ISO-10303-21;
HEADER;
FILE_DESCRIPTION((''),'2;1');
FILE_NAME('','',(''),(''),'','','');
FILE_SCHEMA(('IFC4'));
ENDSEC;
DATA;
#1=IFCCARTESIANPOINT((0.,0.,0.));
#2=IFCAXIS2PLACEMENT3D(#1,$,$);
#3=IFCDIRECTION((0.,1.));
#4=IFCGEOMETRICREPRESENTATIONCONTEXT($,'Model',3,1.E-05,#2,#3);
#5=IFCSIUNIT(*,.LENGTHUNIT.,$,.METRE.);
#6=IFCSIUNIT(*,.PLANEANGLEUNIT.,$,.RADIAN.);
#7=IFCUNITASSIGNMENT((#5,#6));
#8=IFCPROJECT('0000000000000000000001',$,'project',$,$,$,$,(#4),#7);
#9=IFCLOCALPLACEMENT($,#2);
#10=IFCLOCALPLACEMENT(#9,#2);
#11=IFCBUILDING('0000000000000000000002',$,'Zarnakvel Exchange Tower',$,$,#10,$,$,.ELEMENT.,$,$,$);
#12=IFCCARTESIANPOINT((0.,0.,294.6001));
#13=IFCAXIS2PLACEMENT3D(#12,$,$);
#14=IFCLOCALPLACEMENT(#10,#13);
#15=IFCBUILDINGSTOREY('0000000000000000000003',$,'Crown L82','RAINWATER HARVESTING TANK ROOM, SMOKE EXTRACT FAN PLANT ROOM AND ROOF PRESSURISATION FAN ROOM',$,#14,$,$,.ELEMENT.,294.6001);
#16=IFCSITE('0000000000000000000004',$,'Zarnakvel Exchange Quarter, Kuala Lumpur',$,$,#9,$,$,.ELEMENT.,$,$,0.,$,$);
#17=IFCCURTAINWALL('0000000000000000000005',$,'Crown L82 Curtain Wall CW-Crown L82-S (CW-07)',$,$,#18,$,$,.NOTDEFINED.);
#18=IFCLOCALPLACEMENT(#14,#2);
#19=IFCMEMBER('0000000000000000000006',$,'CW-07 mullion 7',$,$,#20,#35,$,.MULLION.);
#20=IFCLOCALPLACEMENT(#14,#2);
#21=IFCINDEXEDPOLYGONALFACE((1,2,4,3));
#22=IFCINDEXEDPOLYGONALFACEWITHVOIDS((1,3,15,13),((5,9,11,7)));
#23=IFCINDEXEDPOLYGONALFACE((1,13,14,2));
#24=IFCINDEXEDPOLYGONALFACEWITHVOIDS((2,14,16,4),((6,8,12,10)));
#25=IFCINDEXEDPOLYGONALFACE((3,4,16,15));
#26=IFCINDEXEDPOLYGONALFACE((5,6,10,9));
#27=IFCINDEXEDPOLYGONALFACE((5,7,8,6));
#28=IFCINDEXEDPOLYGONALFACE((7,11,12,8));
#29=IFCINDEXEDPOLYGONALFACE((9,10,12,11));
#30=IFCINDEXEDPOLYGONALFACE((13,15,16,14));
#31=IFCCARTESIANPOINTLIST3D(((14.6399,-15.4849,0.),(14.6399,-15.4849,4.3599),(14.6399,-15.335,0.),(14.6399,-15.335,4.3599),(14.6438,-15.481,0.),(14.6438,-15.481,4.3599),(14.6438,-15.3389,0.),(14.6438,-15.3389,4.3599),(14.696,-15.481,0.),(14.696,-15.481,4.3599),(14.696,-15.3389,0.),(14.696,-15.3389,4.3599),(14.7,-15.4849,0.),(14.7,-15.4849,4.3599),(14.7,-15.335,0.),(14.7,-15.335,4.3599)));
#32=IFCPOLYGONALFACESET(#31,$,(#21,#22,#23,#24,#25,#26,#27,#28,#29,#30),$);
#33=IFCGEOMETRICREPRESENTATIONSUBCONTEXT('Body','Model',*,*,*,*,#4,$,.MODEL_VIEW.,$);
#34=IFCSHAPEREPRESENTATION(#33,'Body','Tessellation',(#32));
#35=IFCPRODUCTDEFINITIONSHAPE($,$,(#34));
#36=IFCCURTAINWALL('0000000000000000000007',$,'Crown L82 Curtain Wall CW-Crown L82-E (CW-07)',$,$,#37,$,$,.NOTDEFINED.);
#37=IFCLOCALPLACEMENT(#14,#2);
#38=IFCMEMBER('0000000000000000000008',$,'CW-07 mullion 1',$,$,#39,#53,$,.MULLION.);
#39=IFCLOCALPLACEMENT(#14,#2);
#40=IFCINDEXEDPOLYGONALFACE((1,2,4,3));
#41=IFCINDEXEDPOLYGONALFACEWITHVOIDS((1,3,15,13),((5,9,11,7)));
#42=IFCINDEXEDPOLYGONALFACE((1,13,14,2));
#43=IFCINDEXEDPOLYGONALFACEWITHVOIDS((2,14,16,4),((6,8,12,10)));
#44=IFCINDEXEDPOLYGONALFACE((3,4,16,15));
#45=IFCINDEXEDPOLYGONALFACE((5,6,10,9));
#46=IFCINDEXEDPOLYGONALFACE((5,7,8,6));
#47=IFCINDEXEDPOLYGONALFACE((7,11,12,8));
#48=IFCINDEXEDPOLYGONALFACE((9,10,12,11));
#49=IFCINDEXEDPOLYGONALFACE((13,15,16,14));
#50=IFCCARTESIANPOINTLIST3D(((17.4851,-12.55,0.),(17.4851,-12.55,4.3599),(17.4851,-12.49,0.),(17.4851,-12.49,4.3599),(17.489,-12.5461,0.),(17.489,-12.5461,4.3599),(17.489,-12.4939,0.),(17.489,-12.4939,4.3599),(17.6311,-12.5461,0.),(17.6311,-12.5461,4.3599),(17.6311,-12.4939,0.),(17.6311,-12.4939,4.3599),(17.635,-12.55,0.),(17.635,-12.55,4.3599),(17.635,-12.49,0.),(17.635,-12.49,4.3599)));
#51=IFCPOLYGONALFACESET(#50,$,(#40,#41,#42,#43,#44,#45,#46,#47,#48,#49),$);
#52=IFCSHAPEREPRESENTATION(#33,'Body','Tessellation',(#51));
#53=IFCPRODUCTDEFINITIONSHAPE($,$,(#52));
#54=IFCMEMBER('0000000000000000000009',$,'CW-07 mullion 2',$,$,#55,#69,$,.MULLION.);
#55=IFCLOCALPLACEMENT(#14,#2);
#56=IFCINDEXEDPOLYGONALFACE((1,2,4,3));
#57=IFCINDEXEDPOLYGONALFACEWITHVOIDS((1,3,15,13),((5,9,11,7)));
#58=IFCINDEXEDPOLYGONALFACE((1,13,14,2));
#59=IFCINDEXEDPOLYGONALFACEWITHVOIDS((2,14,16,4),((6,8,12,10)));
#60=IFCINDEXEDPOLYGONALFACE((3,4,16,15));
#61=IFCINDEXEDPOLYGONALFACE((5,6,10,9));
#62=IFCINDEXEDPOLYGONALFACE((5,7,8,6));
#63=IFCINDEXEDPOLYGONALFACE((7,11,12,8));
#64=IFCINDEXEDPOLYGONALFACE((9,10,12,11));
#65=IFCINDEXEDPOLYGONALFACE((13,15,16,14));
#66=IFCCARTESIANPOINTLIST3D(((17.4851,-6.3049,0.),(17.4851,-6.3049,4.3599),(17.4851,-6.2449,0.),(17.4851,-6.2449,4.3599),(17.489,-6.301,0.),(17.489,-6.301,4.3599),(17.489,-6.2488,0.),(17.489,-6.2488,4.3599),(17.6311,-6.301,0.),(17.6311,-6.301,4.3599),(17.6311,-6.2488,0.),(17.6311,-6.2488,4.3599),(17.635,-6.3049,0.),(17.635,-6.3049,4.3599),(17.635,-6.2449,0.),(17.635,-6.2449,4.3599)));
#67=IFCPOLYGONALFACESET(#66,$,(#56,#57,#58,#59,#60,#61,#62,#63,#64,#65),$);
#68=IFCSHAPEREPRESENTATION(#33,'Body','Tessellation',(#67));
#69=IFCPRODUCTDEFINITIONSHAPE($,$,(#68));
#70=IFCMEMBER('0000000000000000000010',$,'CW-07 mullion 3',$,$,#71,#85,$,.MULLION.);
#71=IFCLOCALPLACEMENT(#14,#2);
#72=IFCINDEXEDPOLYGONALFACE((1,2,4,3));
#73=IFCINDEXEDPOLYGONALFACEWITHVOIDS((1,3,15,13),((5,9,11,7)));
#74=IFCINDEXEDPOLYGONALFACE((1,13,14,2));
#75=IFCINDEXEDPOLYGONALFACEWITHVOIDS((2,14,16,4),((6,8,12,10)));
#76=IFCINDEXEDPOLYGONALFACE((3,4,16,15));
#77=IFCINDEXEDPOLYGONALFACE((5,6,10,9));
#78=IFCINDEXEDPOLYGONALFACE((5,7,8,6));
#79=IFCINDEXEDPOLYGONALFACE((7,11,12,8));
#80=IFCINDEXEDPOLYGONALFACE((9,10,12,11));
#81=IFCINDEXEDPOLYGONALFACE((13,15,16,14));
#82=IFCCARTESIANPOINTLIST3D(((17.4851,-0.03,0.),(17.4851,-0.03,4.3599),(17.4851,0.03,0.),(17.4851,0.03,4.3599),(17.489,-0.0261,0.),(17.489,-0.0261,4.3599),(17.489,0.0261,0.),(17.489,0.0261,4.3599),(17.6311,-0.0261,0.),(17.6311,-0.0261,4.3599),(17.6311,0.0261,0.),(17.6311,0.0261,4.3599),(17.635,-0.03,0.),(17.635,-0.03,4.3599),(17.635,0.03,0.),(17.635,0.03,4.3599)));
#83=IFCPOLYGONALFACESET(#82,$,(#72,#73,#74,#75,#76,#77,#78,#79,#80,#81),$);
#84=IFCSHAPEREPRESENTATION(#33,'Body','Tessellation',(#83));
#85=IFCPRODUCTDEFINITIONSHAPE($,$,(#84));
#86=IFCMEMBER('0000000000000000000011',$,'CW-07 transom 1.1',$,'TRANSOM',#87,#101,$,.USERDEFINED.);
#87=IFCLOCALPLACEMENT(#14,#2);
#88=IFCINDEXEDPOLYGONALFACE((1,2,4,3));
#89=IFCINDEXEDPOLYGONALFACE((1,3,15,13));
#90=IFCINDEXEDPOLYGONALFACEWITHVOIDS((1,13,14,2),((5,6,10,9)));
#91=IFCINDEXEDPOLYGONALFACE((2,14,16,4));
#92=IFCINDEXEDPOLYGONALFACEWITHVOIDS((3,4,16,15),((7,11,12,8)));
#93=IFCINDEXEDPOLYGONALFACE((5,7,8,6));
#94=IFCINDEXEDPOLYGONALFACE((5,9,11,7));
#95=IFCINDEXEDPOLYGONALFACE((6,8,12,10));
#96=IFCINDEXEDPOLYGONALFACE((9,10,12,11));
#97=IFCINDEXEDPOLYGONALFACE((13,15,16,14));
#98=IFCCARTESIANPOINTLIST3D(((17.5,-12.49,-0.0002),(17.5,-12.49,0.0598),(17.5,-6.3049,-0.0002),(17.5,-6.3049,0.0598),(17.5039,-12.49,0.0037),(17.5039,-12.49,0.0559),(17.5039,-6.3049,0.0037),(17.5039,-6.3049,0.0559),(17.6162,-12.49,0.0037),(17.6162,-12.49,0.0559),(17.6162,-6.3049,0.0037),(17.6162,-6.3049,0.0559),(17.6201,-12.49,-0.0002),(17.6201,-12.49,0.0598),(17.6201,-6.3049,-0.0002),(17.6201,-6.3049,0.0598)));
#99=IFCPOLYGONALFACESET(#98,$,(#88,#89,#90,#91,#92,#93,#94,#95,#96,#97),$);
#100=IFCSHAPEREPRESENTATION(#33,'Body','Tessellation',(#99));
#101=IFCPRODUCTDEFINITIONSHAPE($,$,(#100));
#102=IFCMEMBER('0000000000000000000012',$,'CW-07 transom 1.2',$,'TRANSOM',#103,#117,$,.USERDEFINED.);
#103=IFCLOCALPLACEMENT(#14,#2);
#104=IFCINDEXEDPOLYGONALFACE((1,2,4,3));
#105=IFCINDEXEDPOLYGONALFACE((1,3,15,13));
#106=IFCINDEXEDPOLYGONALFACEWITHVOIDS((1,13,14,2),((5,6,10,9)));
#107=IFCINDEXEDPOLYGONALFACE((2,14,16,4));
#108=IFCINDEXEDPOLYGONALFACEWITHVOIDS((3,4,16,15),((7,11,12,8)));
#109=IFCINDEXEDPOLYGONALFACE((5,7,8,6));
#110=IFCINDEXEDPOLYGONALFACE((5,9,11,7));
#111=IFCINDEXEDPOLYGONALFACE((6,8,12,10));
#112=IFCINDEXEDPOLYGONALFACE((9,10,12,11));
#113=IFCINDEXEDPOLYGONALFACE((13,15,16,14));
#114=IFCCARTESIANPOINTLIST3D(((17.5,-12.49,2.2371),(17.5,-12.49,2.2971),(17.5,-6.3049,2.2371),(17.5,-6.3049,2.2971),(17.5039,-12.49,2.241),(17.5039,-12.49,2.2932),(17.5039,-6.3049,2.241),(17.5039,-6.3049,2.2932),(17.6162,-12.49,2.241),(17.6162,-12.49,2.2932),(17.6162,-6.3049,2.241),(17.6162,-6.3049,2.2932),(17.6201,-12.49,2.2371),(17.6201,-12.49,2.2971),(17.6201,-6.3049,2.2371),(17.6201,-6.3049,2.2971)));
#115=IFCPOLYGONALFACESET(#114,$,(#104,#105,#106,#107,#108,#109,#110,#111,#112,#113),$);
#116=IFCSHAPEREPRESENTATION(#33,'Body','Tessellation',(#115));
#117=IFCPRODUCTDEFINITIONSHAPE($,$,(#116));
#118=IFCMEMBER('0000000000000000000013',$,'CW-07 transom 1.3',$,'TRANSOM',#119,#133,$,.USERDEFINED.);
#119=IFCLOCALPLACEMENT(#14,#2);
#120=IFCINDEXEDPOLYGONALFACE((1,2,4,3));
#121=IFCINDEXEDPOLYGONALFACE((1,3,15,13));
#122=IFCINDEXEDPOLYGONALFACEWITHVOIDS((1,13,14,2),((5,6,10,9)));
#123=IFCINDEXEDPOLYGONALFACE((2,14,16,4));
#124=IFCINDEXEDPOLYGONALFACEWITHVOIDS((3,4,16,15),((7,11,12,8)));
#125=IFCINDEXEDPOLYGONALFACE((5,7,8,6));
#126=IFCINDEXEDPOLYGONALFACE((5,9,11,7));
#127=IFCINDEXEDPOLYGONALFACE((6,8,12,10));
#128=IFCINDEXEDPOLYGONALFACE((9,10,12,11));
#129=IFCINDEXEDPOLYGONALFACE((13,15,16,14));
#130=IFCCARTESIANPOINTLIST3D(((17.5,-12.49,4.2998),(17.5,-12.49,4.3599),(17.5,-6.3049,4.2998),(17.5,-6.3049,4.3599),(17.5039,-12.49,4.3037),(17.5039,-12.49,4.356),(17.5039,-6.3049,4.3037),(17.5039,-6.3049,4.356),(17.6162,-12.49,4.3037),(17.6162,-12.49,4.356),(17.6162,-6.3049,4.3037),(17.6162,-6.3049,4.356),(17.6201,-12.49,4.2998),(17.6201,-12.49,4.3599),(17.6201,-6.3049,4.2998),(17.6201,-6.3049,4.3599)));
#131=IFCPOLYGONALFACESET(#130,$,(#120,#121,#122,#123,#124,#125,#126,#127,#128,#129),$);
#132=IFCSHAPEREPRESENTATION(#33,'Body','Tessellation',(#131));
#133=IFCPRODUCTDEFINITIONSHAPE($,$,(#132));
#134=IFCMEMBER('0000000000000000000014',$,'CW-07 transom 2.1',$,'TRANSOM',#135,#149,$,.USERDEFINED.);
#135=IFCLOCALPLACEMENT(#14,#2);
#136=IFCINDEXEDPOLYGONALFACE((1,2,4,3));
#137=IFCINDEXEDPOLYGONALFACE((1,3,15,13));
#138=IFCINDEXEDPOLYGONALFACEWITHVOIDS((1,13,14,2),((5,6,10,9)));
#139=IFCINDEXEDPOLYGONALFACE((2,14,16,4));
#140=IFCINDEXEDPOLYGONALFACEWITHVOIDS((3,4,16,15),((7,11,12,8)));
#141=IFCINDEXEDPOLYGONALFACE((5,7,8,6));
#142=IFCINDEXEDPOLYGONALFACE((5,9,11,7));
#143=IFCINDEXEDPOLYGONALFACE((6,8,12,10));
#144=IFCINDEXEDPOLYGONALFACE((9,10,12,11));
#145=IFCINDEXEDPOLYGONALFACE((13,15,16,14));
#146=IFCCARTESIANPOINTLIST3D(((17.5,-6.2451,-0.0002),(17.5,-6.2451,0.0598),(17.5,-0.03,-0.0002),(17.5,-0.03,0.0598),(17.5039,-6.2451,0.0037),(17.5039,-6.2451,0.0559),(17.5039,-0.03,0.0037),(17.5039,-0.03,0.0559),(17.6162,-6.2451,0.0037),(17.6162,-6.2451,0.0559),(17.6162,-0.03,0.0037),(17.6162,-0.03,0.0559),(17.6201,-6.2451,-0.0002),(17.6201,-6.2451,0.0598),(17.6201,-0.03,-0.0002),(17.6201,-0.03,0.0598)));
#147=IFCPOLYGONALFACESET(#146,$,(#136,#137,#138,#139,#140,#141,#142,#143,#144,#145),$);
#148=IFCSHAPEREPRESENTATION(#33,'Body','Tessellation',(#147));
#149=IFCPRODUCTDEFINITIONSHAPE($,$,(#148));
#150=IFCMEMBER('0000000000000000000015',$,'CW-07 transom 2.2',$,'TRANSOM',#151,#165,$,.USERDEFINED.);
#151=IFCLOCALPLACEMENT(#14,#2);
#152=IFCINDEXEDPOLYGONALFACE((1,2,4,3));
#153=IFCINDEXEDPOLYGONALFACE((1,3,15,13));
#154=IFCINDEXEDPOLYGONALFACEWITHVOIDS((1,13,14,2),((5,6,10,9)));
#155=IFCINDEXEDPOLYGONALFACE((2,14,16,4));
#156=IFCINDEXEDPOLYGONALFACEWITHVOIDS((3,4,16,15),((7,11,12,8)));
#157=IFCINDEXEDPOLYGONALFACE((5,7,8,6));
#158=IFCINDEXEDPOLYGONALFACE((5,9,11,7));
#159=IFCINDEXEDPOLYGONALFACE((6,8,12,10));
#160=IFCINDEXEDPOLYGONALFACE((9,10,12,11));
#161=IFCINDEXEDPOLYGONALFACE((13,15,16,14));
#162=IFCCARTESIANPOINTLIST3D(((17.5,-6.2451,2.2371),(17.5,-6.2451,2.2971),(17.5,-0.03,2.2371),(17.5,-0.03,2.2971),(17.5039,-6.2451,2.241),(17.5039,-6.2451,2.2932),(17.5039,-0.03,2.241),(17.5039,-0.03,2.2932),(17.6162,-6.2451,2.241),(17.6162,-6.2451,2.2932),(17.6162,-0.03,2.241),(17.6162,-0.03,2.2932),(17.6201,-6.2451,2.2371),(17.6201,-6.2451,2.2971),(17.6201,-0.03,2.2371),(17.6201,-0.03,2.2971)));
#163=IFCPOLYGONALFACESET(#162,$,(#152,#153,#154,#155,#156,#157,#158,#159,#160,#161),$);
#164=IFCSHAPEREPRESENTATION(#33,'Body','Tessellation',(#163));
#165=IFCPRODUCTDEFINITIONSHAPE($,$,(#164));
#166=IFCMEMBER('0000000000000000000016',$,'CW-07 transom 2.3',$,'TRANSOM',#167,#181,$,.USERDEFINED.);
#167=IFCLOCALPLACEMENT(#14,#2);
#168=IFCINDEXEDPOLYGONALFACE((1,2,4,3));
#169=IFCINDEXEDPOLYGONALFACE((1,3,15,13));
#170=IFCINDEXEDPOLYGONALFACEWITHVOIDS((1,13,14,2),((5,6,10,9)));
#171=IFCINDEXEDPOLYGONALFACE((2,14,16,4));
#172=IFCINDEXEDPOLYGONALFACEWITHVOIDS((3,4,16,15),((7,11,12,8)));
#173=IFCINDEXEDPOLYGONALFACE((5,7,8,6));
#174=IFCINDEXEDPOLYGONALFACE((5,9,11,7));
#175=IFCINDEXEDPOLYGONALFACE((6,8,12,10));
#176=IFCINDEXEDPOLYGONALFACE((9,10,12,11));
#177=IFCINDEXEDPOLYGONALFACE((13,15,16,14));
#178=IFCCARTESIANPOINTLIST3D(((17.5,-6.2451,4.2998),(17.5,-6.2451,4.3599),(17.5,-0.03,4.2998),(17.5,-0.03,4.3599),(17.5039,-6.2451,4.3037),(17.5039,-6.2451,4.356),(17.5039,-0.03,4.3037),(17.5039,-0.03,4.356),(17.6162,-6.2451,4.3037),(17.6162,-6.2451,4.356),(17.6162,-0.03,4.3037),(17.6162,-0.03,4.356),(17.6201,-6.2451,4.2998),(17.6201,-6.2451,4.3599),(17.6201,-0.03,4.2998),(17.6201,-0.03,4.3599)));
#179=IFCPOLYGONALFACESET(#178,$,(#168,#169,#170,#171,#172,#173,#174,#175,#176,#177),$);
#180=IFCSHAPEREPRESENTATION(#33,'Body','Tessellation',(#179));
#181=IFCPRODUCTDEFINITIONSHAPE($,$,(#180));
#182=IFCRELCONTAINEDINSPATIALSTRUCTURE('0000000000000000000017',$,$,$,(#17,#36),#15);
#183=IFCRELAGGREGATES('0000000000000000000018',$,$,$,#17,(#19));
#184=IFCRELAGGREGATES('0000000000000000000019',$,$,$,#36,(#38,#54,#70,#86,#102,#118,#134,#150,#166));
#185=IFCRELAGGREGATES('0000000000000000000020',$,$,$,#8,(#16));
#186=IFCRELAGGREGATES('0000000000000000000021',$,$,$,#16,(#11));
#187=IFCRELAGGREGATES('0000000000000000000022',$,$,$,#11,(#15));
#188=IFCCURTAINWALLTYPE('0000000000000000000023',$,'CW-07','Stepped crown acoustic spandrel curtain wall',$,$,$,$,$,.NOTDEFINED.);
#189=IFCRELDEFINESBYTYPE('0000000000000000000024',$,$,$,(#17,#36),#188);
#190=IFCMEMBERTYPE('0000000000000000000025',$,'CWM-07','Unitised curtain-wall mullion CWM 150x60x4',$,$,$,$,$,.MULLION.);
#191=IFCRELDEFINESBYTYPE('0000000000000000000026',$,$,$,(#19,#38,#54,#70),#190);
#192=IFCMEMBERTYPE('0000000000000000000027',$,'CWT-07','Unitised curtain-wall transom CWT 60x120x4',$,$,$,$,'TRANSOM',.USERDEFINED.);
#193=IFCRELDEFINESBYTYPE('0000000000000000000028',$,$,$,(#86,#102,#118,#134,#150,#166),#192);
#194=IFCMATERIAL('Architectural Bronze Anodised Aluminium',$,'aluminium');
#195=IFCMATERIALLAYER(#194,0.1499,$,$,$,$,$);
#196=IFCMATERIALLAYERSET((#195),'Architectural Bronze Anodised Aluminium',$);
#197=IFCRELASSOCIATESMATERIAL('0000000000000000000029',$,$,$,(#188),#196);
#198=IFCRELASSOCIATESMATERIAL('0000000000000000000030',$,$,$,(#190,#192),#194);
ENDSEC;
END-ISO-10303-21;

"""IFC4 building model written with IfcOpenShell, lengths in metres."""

from ifc_helpers import new_model, si_unit, direction, frame, origin, origin_2d, place, context, subcontext, project, spatial, hollow_rectangle, extrude, source, transform, mapped, material, layer, layer_set, material_profile, profile_set, type_object, element, aggregate, save


model = new_model("IFC4")

# Units and contexts
model_context = context("Model", 3, precision=1e-05, world=origin(), true_north=direction((0.0, 1.0)))
body_context = subcontext(model_context, "Body", "Model", "MODEL_VIEW")
ifc_project = project(units=[si_unit("LENGTHUNIT", "METRE"), si_unit("PLANEANGLEUNIT", "RADIAN")], contexts=[model_context])

# Site, building, storey
site_placement = place(None, origin())
site = spatial("IfcSite", under=ifc_project, at=site_placement, Name="Zarnakvel Exchange Quarter, Kuala Lumpur", CompositionType="ELEMENT", RefElevation=0.0)
building_placement = place(site_placement, origin())
building = spatial("IfcBuilding", under=site, at=building_placement, Name="Zarnakvel Exchange Tower", CompositionType="ELEMENT")
storey_placement = place(building_placement, frame((0.0, 0.0, 294.6001)))
storey = spatial("IfcBuildingStorey", under=building, at=storey_placement, Name="Crown L82", Description="RAINWATER HARVESTING TANK ROOM, SMOKE EXTRACT FAN PLANT ROOM AND ROOF PRESSURISATION FAN ROOM", CompositionType="ELEMENT", Elevation=294.6001)

# Curtain wall, member
ifc_material_1 = material(Name="Architectural Bronze Anodised Aluminium", Category="aluminium")
ifc_layer_1 = layer(ifc_material_1, 0.1499)
ifc_layer_set_1 = layer_set([ifc_layer_1], Name="Architectural Bronze Anodised Aluminium")
curtain_wall_type = type_object("IfcCurtainWallType", Name="CW-07", Description="Stepped crown acoustic spandrel curtain wall", PredefinedType="NOTDEFINED", material=ifc_layer_set_1)
curtain_wall_1_placement = place(storey_placement, origin())
curtain_wall_1 = element("IfcCurtainWall", 1, at=curtain_wall_1_placement, inside=storey, type_object=curtain_wall_type, Name="Crown L82 Curtain Wall CW-Crown L82-S (CW-07)", PredefinedType="NOTDEFINED")
ifc_material_profile_1 = material_profile(ifc_material_1, hollow_rectangle(XDim=0.1499, YDim=0.0601, WallThickness=0.0039, at=origin_2d()))
ifc_profile_set_1 = profile_set([ifc_material_profile_1], Name="Architectural Bronze Anodised Aluminium")
member_type_1 = type_object("IfcMemberType", Name="CWM-07", Description="Unitised curtain-wall mullion CWM 150x60x4", PredefinedType="MULLION", material=ifc_profile_set_1)
shared_shape_1 = source(origin(), body_context, "Body", "SweptSolid", [
    extrude(hollow_rectangle(XDim=0.1499, YDim=0.0601, WallThickness=0.0039, at=origin_2d()), origin(), (0.0, 0.0, 1.0), 4.3599),
])
member_1_placement = place(storey_placement, frame((14.6699, -15.4099, 0.0), z_axis=(0.0, 0.0, 1.0), x_axis=(0.0, 1.0, 0.0)))
member_1 = element("IfcMember", 2, at=member_1_placement, type_object=member_type_1, Name="CW-07 mullion 7", PredefinedType="MULLION", context=body_context, shape_type="MappedRepresentation", body=[
    mapped(shared_shape_1, transform((0.0, 0.0, 0.0), x_axis=(1.0, 0.0, 0.0), y_axis=(0.0, 1.0, 0.0), z_axis=(0.0, 0.0, 1.0), scale=1.0)),
])

# Curtain wall, members
curtain_wall_2_placement = place(storey_placement, origin())
curtain_wall_2 = element("IfcCurtainWall", 3, at=curtain_wall_2_placement, inside=storey, type_object=curtain_wall_type, Name="Crown L82 Curtain Wall CW-Crown L82-E (CW-07)", PredefinedType="NOTDEFINED")
member_2_placement = place(storey_placement, frame((17.5601, -12.52, 0.0), z_axis=(0.0, 0.0, 1.0), x_axis=(-1.0, 0.0, 0.0)))
member_2 = element("IfcMember", 4, at=member_2_placement, type_object=member_type_1, Name="CW-07 mullion 1", PredefinedType="MULLION", context=body_context, shape_type="MappedRepresentation", body=[
    mapped(shared_shape_1, transform((0.0, 0.0, 0.0), x_axis=(1.0, 0.0, 0.0), y_axis=(0.0, 1.0, 0.0), z_axis=(0.0, 0.0, 1.0), scale=1.0)),
])
member_3_placement = place(storey_placement, frame((17.5601, -6.2749, 0.0), z_axis=(0.0, 0.0, 1.0), x_axis=(-1.0, 0.0, 0.0)))
member_3 = element("IfcMember", 5, at=member_3_placement, type_object=member_type_1, Name="CW-07 mullion 2", PredefinedType="MULLION", context=body_context, shape_type="MappedRepresentation", body=[
    mapped(shared_shape_1, transform((0.0, 0.0, 0.0), x_axis=(1.0, 0.0, 0.0), y_axis=(0.0, 1.0, 0.0), z_axis=(0.0, 0.0, 1.0), scale=1.0)),
])
member_4_placement = place(storey_placement, frame((17.5601, 0.0, 0.0), z_axis=(0.0, 0.0, 1.0), x_axis=(-1.0, 0.0, 0.0)))
member_4 = element("IfcMember", 6, at=member_4_placement, type_object=member_type_1, Name="CW-07 mullion 3", PredefinedType="MULLION", context=body_context, shape_type="MappedRepresentation", body=[
    mapped(shared_shape_1, transform((0.0, 0.0, 0.0), x_axis=(1.0, 0.0, 0.0), y_axis=(0.0, 1.0, 0.0), z_axis=(0.0, 0.0, 1.0), scale=1.0)),
])
ifc_material_profile_2 = material_profile(ifc_material_1, hollow_rectangle(XDim=0.1201, YDim=0.0601, WallThickness=0.0039, at=origin_2d()))
ifc_profile_set_2 = profile_set([ifc_material_profile_2], Name="Architectural Bronze Anodised Aluminium")
member_type_2 = type_object("IfcMemberType", Name="CWT-07", Description="Unitised curtain-wall transom CWT 60x120x4", ElementType="TRANSOM", PredefinedType="USERDEFINED", material=ifc_profile_set_2)
shared_shape_2 = source(origin(), body_context, "Body", "SweptSolid", [
    extrude(hollow_rectangle(XDim=0.1201, YDim=0.0601, WallThickness=0.0039, at=origin_2d()), origin(), (0.0, 0.0, 1.0), 6.1851),
])
member_5_placement = place(storey_placement, frame((17.5601, -12.49, 0.0298), z_axis=(0.0, 1.0, 0.0), x_axis=(-1.0, 0.0, 0.0)))
member_5 = element("IfcMember", 7, at=member_5_placement, type_object=member_type_2, Name="CW-07 transom 1.1", ObjectType="TRANSOM", PredefinedType="USERDEFINED", context=body_context, shape_type="MappedRepresentation", body=[
    mapped(shared_shape_2, transform((0.0, 0.0, 0.0), x_axis=(1.0, 0.0, 0.0), y_axis=(0.0, 1.0, 0.0), z_axis=(0.0, 0.0, 1.0), scale=1.0)),
])
member_6_placement = place(storey_placement, frame((17.5601, -12.49, 2.2671), z_axis=(0.0, 1.0, 0.0), x_axis=(-1.0, 0.0, 0.0)))
member_6 = element("IfcMember", 8, at=member_6_placement, type_object=member_type_2, Name="CW-07 transom 1.2", ObjectType="TRANSOM", PredefinedType="USERDEFINED", context=body_context, shape_type="MappedRepresentation", body=[
    mapped(shared_shape_2, transform((0.0, 0.0, 0.0), x_axis=(1.0, 0.0, 0.0), y_axis=(0.0, 1.0, 0.0), z_axis=(0.0, 0.0, 1.0), scale=1.0)),
])
member_7_placement = place(storey_placement, frame((17.5601, -12.49, 4.3298), z_axis=(0.0, 1.0, 0.0), x_axis=(-1.0, 0.0, 0.0)))
member_7 = element("IfcMember", 9, at=member_7_placement, type_object=member_type_2, Name="CW-07 transom 1.3", ObjectType="TRANSOM", PredefinedType="USERDEFINED", context=body_context, shape_type="MappedRepresentation", body=[
    mapped(shared_shape_2, transform((0.0, 0.0, 0.0), x_axis=(1.0, 0.0, 0.0), y_axis=(0.0, 1.0, 0.0), z_axis=(0.0, 0.0, 1.0), scale=1.0)),
])
shared_shape_3 = source(origin(), body_context, "Body", "SweptSolid", [
    extrude(hollow_rectangle(XDim=0.1201, YDim=0.0601, WallThickness=0.0039, at=origin_2d()), origin(), (0.0, 0.0, 1.0), 6.2151),
])
member_8_placement = place(storey_placement, frame((17.5601, -6.2451, 0.0298), z_axis=(0.0, 1.0, 0.0), x_axis=(-1.0, 0.0, 0.0)))
member_8 = element("IfcMember", 10, at=member_8_placement, type_object=member_type_2, Name="CW-07 transom 2.1", ObjectType="TRANSOM", PredefinedType="USERDEFINED", context=body_context, shape_type="MappedRepresentation", body=[
    mapped(shared_shape_3, transform((0.0, 0.0, 0.0), x_axis=(1.0, 0.0, 0.0), y_axis=(0.0, 1.0, 0.0), z_axis=(0.0, 0.0, 1.0), scale=1.0)),
])
member_9_placement = place(storey_placement, frame((17.5601, -6.2451, 2.2671), z_axis=(0.0, 1.0, 0.0), x_axis=(-1.0, 0.0, 0.0)))
member_9 = element("IfcMember", 11, at=member_9_placement, type_object=member_type_2, Name="CW-07 transom 2.2", ObjectType="TRANSOM", PredefinedType="USERDEFINED", context=body_context, shape_type="MappedRepresentation", body=[
    mapped(shared_shape_3, transform((0.0, 0.0, 0.0), x_axis=(1.0, 0.0, 0.0), y_axis=(0.0, 1.0, 0.0), z_axis=(0.0, 0.0, 1.0), scale=1.0)),
])
member_10_placement = place(storey_placement, frame((17.5601, -6.2451, 4.3298), z_axis=(0.0, 1.0, 0.0), x_axis=(-1.0, 0.0, 0.0)))
member_10 = element("IfcMember", 12, at=member_10_placement, type_object=member_type_2, Name="CW-07 transom 2.3", ObjectType="TRANSOM", PredefinedType="USERDEFINED", context=body_context, shape_type="MappedRepresentation", body=[
    mapped(shared_shape_3, transform((0.0, 0.0, 0.0), x_axis=(1.0, 0.0, 0.0), y_axis=(0.0, 1.0, 0.0), z_axis=(0.0, 0.0, 1.0), scale=1.0)),
])

aggregate(curtain_wall_1, [member_1])
aggregate(curtain_wall_2, [member_2, member_3, member_4, member_5, member_6, member_7, member_8, member_9, member_10])

save(model, "model.ifc")
